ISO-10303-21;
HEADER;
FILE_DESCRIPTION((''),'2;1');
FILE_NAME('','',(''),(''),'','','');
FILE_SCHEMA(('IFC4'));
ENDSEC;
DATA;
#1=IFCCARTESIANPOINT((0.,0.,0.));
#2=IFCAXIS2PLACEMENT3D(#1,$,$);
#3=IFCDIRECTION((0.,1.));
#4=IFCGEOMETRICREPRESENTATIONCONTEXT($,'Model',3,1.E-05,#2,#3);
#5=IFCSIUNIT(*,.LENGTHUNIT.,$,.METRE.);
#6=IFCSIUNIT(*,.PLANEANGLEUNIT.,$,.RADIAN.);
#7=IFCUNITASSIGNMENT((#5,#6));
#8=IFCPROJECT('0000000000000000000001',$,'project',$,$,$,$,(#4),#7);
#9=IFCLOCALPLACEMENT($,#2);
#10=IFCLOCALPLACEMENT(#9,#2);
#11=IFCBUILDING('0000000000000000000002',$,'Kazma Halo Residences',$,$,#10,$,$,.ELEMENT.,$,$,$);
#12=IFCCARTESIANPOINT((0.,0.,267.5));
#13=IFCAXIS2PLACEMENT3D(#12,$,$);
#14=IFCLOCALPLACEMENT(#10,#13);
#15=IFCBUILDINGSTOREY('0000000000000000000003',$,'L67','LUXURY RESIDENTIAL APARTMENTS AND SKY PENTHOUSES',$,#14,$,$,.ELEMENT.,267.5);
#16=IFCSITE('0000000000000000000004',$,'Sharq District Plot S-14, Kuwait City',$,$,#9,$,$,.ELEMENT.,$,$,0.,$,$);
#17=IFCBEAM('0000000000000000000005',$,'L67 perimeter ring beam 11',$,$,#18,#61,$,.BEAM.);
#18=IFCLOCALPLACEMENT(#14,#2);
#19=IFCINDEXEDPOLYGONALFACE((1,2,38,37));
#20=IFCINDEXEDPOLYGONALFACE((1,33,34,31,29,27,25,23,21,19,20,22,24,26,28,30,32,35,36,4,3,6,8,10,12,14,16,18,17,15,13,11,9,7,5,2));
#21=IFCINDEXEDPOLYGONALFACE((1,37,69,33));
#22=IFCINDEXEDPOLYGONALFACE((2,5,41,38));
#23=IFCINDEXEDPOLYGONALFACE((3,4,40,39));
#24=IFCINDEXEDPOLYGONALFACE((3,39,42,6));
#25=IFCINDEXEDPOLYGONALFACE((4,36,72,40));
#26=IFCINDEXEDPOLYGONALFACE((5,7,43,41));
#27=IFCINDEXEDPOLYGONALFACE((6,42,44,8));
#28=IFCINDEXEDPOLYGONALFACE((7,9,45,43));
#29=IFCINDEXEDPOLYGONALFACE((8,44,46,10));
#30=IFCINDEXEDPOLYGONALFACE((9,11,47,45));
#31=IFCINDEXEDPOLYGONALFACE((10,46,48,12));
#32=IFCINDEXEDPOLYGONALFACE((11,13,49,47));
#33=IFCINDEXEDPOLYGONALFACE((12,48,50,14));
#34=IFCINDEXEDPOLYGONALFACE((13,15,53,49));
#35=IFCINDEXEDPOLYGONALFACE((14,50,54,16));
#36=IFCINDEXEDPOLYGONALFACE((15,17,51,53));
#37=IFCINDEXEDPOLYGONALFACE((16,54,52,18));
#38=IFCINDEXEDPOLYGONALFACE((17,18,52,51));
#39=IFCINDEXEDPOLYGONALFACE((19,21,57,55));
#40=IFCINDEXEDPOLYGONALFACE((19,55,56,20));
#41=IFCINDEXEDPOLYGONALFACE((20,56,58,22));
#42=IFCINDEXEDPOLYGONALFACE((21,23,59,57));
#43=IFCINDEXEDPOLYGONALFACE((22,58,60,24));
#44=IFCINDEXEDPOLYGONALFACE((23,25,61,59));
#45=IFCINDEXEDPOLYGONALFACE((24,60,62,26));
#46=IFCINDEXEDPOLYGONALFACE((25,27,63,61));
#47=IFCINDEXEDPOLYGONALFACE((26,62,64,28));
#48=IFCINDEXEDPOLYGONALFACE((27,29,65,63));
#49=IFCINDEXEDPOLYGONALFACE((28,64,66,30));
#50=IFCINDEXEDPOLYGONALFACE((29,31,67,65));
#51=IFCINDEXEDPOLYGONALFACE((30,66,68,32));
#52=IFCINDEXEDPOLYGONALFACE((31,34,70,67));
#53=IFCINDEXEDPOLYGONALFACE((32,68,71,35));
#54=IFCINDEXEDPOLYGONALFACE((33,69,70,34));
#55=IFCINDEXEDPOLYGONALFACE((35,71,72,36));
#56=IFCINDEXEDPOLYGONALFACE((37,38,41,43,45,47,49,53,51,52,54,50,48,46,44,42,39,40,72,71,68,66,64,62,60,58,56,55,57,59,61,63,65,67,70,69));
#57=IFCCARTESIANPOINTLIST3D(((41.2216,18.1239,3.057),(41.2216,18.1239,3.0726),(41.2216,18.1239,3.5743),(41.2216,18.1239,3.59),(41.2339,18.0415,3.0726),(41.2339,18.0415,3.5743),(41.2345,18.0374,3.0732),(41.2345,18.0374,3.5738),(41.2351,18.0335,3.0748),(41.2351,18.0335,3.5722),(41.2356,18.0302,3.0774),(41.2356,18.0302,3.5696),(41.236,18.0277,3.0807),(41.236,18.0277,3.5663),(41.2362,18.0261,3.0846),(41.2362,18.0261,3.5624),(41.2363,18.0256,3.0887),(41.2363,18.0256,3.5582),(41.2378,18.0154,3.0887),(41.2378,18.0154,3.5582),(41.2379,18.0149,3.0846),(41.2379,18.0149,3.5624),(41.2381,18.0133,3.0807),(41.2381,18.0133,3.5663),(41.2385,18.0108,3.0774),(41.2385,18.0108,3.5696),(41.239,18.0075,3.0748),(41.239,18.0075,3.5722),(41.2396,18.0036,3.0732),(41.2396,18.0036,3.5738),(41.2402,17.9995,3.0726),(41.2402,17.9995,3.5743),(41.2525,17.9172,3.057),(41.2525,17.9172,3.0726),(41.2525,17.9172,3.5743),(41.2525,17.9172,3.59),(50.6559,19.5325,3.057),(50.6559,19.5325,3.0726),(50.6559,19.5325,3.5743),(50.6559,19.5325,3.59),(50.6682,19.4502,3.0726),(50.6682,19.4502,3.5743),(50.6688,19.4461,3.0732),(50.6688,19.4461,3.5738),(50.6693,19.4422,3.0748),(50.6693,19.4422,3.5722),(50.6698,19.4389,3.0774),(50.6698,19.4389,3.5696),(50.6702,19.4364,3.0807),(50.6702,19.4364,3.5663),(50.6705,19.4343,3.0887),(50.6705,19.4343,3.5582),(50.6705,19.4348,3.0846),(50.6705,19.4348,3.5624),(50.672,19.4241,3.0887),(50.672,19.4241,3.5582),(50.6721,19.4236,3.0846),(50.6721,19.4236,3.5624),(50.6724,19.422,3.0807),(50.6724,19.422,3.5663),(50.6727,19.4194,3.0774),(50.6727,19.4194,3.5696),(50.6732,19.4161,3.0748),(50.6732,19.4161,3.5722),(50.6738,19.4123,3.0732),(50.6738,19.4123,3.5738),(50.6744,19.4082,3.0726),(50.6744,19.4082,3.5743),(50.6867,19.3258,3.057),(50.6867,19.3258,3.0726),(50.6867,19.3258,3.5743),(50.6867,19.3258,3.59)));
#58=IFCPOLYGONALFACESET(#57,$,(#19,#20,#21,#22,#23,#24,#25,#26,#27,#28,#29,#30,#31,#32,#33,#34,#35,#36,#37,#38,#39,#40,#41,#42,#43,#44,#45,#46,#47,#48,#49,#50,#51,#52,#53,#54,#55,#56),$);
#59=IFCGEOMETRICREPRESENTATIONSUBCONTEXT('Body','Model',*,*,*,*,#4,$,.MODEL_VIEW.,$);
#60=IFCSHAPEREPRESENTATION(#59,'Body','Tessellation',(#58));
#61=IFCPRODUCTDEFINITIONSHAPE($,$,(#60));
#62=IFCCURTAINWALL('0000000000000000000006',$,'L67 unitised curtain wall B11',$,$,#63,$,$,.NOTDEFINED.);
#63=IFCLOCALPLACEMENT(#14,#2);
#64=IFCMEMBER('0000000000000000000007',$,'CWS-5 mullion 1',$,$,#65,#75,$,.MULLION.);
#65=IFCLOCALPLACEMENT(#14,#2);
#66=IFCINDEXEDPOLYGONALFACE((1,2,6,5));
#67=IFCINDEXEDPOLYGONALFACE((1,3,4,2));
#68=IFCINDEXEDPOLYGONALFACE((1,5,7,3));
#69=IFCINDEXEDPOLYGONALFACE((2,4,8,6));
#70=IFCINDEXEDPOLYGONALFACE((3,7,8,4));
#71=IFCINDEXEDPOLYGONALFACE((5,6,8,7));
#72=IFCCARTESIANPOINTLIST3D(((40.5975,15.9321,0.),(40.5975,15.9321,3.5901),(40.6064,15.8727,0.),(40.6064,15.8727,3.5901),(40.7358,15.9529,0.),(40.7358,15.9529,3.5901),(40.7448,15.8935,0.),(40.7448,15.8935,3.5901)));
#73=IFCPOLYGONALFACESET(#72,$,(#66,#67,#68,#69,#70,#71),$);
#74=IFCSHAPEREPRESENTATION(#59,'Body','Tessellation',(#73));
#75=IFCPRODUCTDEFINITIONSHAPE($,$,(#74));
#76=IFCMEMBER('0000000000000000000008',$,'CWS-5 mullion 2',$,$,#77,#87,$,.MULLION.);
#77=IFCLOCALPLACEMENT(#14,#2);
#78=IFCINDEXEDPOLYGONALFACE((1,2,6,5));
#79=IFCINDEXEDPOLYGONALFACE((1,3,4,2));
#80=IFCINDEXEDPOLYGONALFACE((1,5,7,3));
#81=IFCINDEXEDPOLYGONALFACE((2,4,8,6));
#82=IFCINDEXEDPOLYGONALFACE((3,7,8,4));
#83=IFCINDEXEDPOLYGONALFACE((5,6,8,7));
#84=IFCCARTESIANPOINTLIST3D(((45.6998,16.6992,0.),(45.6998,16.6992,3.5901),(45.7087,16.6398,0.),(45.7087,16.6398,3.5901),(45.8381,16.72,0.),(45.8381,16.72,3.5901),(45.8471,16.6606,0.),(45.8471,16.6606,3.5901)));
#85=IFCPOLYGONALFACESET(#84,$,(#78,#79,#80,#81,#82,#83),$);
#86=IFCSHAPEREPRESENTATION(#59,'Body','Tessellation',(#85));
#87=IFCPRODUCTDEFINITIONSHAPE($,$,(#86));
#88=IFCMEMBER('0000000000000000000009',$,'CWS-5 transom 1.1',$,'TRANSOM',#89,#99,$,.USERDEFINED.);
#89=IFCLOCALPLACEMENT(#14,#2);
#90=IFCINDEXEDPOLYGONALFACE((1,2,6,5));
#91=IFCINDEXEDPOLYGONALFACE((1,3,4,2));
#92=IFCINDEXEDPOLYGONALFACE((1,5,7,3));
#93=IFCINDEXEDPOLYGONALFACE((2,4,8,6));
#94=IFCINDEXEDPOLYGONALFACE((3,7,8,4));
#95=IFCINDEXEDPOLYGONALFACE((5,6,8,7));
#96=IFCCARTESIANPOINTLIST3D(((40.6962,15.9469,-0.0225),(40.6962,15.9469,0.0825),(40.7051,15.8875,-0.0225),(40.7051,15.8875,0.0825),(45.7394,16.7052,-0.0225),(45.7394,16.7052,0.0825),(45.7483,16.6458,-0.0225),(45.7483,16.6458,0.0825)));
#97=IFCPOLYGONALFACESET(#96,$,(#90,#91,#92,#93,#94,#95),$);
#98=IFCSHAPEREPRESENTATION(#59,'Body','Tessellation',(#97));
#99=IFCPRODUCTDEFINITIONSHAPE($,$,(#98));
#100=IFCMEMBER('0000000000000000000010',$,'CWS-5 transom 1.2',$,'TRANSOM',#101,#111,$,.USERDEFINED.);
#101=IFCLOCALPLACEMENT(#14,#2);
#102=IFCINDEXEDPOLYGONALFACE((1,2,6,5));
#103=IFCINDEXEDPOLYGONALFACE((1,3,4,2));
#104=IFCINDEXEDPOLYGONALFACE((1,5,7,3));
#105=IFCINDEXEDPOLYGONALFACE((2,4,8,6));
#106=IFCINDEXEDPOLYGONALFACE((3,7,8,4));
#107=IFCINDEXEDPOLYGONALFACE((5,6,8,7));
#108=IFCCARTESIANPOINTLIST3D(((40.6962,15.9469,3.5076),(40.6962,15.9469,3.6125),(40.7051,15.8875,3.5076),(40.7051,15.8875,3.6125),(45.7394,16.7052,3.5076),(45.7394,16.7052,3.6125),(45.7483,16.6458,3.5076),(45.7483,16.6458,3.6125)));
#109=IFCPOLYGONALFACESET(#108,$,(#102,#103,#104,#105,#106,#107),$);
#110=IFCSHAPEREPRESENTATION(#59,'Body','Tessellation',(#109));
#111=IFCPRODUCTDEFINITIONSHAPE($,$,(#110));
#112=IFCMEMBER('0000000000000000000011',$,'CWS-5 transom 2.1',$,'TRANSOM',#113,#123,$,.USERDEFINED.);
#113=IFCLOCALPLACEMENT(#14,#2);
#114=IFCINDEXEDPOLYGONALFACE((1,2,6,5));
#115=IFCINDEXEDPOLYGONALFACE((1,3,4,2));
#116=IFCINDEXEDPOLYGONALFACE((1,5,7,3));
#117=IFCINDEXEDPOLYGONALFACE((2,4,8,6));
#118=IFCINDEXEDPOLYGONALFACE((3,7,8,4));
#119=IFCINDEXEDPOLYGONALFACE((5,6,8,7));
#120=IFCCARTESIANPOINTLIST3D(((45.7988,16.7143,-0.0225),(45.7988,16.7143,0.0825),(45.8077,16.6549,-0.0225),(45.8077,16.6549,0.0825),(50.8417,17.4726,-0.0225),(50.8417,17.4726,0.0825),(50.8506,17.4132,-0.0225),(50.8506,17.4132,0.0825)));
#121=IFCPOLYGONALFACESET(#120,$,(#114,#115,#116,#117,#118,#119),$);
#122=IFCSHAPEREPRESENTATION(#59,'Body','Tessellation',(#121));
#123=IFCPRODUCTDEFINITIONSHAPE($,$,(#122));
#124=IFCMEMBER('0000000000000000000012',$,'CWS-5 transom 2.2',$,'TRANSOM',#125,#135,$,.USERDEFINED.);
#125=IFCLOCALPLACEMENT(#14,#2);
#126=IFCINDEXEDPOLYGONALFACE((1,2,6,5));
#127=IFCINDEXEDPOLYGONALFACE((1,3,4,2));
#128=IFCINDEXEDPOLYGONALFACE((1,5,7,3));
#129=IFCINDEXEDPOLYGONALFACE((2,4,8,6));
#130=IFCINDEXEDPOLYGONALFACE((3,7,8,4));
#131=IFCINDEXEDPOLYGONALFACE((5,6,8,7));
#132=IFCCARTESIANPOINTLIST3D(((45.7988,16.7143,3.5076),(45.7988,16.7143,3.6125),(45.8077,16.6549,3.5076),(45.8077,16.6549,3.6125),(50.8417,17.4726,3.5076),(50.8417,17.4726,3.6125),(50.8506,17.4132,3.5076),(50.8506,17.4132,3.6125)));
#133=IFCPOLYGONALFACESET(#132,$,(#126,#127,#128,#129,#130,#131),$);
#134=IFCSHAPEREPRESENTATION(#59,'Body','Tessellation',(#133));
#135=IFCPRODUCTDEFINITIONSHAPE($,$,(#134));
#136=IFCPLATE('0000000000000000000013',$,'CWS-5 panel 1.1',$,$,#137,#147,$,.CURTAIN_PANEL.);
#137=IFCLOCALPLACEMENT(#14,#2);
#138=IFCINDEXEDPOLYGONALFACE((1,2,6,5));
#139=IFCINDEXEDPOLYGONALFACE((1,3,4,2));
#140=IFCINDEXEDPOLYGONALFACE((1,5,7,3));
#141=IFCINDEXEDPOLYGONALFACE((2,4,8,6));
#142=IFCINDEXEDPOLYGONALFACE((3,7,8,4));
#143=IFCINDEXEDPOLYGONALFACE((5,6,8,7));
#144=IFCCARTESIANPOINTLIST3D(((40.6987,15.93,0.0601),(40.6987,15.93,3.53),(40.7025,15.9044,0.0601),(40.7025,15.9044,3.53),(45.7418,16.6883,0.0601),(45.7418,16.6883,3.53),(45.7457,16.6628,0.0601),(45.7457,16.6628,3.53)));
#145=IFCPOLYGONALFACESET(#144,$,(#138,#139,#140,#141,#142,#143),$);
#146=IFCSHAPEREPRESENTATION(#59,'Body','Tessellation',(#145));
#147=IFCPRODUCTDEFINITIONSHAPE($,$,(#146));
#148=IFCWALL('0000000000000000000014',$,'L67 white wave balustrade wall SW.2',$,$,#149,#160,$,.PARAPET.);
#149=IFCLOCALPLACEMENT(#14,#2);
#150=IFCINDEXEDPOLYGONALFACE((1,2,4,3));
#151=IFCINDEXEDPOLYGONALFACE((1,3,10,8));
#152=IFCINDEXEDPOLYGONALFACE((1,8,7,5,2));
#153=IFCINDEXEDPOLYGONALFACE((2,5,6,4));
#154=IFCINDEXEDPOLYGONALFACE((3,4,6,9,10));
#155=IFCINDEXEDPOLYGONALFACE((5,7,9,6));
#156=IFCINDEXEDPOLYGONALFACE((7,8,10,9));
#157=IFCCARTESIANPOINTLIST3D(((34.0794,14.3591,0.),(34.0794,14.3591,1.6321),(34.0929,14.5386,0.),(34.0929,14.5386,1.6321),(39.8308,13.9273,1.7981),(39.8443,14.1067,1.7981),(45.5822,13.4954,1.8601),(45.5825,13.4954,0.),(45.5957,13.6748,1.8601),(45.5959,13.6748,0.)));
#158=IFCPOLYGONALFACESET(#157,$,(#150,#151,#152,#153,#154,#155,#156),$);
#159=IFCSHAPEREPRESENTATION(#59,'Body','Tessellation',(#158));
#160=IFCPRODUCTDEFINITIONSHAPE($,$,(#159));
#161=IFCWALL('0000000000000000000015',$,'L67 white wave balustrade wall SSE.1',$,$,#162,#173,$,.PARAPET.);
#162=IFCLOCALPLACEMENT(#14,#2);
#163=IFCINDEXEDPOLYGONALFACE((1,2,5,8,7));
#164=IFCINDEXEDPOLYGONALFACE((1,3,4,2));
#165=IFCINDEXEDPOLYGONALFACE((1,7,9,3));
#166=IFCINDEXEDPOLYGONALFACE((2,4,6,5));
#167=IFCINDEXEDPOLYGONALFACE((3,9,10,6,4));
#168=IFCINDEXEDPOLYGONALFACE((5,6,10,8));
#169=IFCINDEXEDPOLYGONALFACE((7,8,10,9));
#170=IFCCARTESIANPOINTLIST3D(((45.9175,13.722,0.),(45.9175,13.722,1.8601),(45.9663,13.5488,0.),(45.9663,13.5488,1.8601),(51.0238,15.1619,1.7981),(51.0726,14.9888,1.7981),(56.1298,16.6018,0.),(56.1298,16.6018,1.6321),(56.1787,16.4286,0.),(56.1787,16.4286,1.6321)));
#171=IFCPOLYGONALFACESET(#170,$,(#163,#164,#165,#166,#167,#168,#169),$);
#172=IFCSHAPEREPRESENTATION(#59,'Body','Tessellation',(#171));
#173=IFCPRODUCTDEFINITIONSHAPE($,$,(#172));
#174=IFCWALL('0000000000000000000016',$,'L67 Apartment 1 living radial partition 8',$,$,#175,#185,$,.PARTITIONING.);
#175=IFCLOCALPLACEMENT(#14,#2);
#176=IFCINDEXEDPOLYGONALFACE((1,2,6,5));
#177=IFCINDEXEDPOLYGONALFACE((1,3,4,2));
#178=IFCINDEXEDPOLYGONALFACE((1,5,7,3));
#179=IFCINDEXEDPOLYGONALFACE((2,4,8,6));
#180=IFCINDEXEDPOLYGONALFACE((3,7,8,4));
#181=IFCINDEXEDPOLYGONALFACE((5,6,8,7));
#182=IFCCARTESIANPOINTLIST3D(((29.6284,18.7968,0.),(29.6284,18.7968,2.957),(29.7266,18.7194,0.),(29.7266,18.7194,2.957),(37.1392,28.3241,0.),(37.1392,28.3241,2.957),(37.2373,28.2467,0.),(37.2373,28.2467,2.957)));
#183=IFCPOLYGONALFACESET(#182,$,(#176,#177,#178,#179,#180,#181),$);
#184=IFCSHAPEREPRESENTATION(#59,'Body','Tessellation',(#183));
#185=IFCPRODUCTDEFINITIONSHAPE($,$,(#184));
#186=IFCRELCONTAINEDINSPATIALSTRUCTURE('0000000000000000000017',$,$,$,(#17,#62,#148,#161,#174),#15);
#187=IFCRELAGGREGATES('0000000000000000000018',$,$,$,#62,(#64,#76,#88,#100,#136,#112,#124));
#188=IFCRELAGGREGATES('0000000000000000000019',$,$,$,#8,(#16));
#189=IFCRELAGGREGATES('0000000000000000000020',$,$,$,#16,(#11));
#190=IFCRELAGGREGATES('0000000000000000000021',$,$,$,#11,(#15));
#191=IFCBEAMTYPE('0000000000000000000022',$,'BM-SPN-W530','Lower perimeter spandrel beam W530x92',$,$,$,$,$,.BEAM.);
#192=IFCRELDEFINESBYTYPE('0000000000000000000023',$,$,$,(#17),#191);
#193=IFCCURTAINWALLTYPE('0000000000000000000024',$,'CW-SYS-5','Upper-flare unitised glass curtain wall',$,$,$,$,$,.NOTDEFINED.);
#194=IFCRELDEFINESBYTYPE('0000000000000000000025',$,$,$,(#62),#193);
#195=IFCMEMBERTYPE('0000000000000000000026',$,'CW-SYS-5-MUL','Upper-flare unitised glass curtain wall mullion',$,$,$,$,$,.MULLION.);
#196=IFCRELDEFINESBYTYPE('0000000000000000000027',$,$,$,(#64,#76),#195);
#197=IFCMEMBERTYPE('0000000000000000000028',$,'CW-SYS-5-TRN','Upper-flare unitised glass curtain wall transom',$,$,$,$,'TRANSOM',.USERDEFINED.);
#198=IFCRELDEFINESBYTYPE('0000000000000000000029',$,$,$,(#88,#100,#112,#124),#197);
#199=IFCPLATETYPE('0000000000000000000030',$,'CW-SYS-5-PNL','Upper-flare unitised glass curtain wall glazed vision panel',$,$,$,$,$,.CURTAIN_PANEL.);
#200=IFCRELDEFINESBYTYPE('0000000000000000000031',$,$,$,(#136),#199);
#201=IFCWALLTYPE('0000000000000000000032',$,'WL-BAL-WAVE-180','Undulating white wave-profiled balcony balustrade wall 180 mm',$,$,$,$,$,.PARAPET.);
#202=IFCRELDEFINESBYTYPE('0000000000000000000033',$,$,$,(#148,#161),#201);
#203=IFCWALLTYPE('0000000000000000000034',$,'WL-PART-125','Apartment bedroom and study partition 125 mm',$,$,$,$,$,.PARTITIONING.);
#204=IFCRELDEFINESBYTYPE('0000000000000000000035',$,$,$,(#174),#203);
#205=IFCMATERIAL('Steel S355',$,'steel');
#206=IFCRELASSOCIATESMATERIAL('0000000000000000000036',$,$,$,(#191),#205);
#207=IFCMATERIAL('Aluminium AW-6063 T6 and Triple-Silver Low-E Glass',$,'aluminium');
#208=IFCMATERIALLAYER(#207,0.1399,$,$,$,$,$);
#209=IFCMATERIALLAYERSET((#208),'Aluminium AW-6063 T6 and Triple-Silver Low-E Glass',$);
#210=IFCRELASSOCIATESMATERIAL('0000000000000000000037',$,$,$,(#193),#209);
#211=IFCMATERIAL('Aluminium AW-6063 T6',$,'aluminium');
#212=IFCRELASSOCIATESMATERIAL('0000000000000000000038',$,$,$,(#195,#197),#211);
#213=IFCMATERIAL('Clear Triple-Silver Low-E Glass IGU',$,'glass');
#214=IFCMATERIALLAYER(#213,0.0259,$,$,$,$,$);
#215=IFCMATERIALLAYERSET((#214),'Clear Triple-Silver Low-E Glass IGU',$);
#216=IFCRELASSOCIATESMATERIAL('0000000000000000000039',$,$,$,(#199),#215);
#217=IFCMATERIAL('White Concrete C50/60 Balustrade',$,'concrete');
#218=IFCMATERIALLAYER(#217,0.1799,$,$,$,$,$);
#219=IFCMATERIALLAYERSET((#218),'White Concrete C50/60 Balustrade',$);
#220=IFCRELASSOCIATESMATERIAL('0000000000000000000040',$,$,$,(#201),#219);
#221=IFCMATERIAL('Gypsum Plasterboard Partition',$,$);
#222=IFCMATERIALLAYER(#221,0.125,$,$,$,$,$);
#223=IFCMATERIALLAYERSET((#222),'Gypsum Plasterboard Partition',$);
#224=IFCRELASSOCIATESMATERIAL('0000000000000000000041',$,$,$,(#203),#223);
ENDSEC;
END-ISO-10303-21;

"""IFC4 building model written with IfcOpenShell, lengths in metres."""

from ifc_helpers import new_model, si_unit, direction, frame, frame_2d, origin, origin_2d, place, context, subcontext, project, spatial, polyline, rectangle, i_section, outline, extrude, material, layer, layer_set, material_profile, profile_set, type_object, element, aggregate, save


model = new_model("IFC4")

# Units and contexts
model_context = context("Model", 3, precision=1e-05, world=origin(), true_north=direction((0.0, 1.0)))
body_context = subcontext(model_context, "Body", "Model", "MODEL_VIEW")
ifc_project = project(units=[si_unit("LENGTHUNIT", "METRE"), si_unit("PLANEANGLEUNIT", "RADIAN")], contexts=[model_context])

# Site, building, storey
site_placement = place(None, origin())
site = spatial("IfcSite", under=ifc_project, at=site_placement, Name="Sharq District Plot S-14, Kuwait City", CompositionType="ELEMENT", RefElevation=0.0)
building_placement = place(site_placement, origin())
building = spatial("IfcBuilding", under=site, at=building_placement, Name="Kazma Halo Residences", CompositionType="ELEMENT")
storey_placement = place(building_placement, frame((0.0, 0.0, 267.5)))
storey = spatial("IfcBuildingStorey", under=building, at=storey_placement, Name="L67", Description="LUXURY RESIDENTIAL APARTMENTS AND SKY PENTHOUSES", CompositionType="ELEMENT", Elevation=267.5)

# Beam
ifc_material_1 = material(Name="Steel S355", Category="steel")
ifc_material_profile_1 = material_profile(ifc_material_1, i_section(OverallWidth=0.209, OverallDepth=0.533, WebThickness=0.0103, FlangeThickness=0.0156, FilletRadius=0.0161, at=origin_2d()), Name="W530x92")
ifc_profile_set_1 = profile_set([ifc_material_profile_1], Name="Steel S355")
beam_type_1 = type_object("IfcBeamType", Name="BM-SPN-W530", Description="Lower perimeter spandrel beam W530x92", PredefinedType="BEAM", material=ifc_profile_set_1)
beam_1_placement = place(storey_placement, frame((41.2371, 18.0205, 3.3235), z_axis=(0.989035, 0.147678, 0.0), x_axis=(-0.147678, 0.989035, 0.0)))
element("IfcBeam", 1, at=beam_1_placement, inside=storey, type_object=beam_type_1, Name="L67 perimeter ring beam 11", PredefinedType="BEAM", context=body_context, shape_type="SweptSolid", body=[
    extrude(i_section(OverallWidth=0.209, OverallDepth=0.533, WebThickness=0.0103, FlangeThickness=0.0156, FilletRadius=0.0161, at=origin_2d()), origin(), (0.0, 0.0, 1.0), 9.5388),
])

# Curtain wall, members, plate
ifc_material_2 = material(Name="Aluminium AW-6063 T6 and Triple-Silver Low-E Glass", Category="aluminium")
ifc_layer_1 = layer(ifc_material_2, 0.1399)
ifc_layer_set_1 = layer_set([ifc_layer_1], Name="Aluminium AW-6063 T6 and Triple-Silver Low-E Glass")
curtain_wall_type = type_object("IfcCurtainWallType", Name="CW-SYS-5", Description="Upper-flare unitised glass curtain wall", PredefinedType="NOTDEFINED", material=ifc_layer_set_1)
curtain_wall_placement = place(storey_placement, origin())
curtain_wall = element("IfcCurtainWall", 2, at=curtain_wall_placement, inside=storey, type_object=curtain_wall_type, Name="L67 unitised curtain wall B11", PredefinedType="NOTDEFINED")
ifc_material_3 = material(Name="Aluminium AW-6063 T6", Category="aluminium")
ifc_material_profile_2 = material_profile(ifc_material_3, rectangle(XDim=0.0601, YDim=0.1399, at=origin_2d()), Name="CWM-60x140")
ifc_profile_set_2 = profile_set([ifc_material_profile_2], Name="Aluminium AW-6063 T6")
member_type_1 = type_object("IfcMemberType", Name="CW-SYS-5-MUL", Description="Upper-flare unitised glass curtain wall mullion", PredefinedType="MULLION", material=ifc_profile_set_2)
member_1_placement = place(storey_placement, frame((40.6711, 15.9128, 0.0), z_axis=(0.0, 0.0, 1.0), x_axis=(-0.148697, 0.988883, 0.0)))
member_1 = element("IfcMember", 3, at=member_1_placement, type_object=member_type_1, Name="CWS-5 mullion 1", PredefinedType="MULLION", context=body_context, shape_type="SweptSolid", body=[
    extrude(rectangle(XDim=0.0601, YDim=0.1399, at=origin_2d()), origin(), (0.0, 0.0, 1.0), 3.5901),
])
member_2_placement = place(storey_placement, frame((45.7734, 16.6799, 0.0), z_axis=(0.0, 0.0, 1.0), x_axis=(-0.148697, 0.988883, 0.0)))
member_2 = element("IfcMember", 4, at=member_2_placement, type_object=member_type_1, Name="CWS-5 mullion 2", PredefinedType="MULLION", context=body_context, shape_type="SweptSolid", body=[
    extrude(rectangle(XDim=0.0601, YDim=0.1399, at=origin_2d()), origin(), (0.0, 0.0, 1.0), 3.5901),
])
ifc_material_profile_3 = material_profile(ifc_material_3, rectangle(XDim=0.0601, YDim=0.105, at=origin_2d()), Name="CWT-60x105")
ifc_profile_set_3 = profile_set([ifc_material_profile_3], Name="Aluminium AW-6063 T6")
member_type_2 = type_object("IfcMemberType", Name="CW-SYS-5-TRN", Description="Upper-flare unitised glass curtain wall transom", ElementType="TRANSOM", PredefinedType="USERDEFINED", material=ifc_profile_set_3)
member_3_placement = place(storey_placement, frame((40.7007, 15.9172, 0.03), z_axis=(0.988884, 0.148689, 0.0), x_axis=(-0.148689, 0.988884, 0.0)))
member_3 = element("IfcMember", 5, at=member_3_placement, type_object=member_type_2, Name="CWS-5 transom 1.1", ObjectType="TRANSOM", PredefinedType="USERDEFINED", context=body_context, shape_type="SweptSolid", body=[
    extrude(rectangle(XDim=0.0601, YDim=0.105, at=origin_2d()), origin(), (0.0, 0.0, 1.0), 5.0999),
])
member_4_placement = place(storey_placement, frame((40.7007, 15.9172, 3.5601), z_axis=(0.988884, 0.148689, 0.0), x_axis=(-0.148689, 0.988884, 0.0)))
member_4 = element("IfcMember", 6, at=member_4_placement, type_object=member_type_2, Name="CWS-5 transom 1.2", ObjectType="TRANSOM", PredefinedType="USERDEFINED", context=body_context, shape_type="SweptSolid", body=[
    extrude(rectangle(XDim=0.0601, YDim=0.105, at=origin_2d()), origin(), (0.0, 0.0, 1.0), 5.0999),
])
member_5_placement = place(storey_placement, frame((45.8032, 16.6846, 0.03), z_axis=(0.988883, 0.148696, 0.0), x_axis=(-0.148696, 0.988883, 0.0)))
member_5 = element("IfcMember", 7, at=member_5_placement, type_object=member_type_2, Name="CWS-5 transom 2.1", ObjectType="TRANSOM", PredefinedType="USERDEFINED", context=body_context, shape_type="SweptSolid", body=[
    extrude(rectangle(XDim=0.0601, YDim=0.105, at=origin_2d()), origin(), (0.0, 0.0, 1.0), 5.0996),
])
member_6_placement = place(storey_placement, frame((45.8032, 16.6846, 3.5601), z_axis=(0.988883, 0.148696, 0.0), x_axis=(-0.148696, 0.988883, 0.0)))
member_6 = element("IfcMember", 8, at=member_6_placement, type_object=member_type_2, Name="CWS-5 transom 2.2", ObjectType="TRANSOM", PredefinedType="USERDEFINED", context=body_context, shape_type="SweptSolid", body=[
    extrude(rectangle(XDim=0.0601, YDim=0.105, at=origin_2d()), origin(), (0.0, 0.0, 1.0), 5.0996),
])
ifc_material_4 = material(Name="Clear Triple-Silver Low-E Glass IGU", Category="glass")
ifc_layer_2 = layer(ifc_material_4, 0.0259)
ifc_layer_set_2 = layer_set([ifc_layer_2], Name="Clear Triple-Silver Low-E Glass IGU")
plate_type = type_object("IfcPlateType", Name="CW-SYS-5-PNL", Description="Upper-flare unitised glass curtain wall glazed vision panel", PredefinedType="CURTAIN_PANEL", material=ifc_layer_set_2)
plate_placement = place(storey_placement, frame((43.2222, 16.2964, 0.0601), z_axis=(0.0, 0.0, 1.0), x_axis=(0.988883, 0.148697, 0.0)))
plate = element("IfcPlate", 9, at=plate_placement, type_object=plate_type, Name="CWS-5 panel 1.1", PredefinedType="CURTAIN_PANEL", context=body_context, shape_type="SweptSolid", body=[
    extrude(rectangle(XDim=5.0999, YDim=0.0259, at=origin_2d()), origin(), (0.0, 0.0, 1.0), 3.47),
])
aggregate(curtain_wall, [member_1, member_2, member_3, member_4, plate, member_5, member_6])

# Walls
ifc_material_5 = material(Name="White Concrete C50/60 Balustrade", Category="concrete")
ifc_layer_3 = layer(ifc_material_5, 0.1799)
ifc_layer_set_3 = layer_set([ifc_layer_3], Name="White Concrete C50/60 Balustrade")
wall_type_1 = type_object("IfcWallType", Name="WL-BAL-WAVE-180", Description="Undulating white wave-profiled balcony balustrade wall 180 mm", PredefinedType="PARAPET", material=ifc_layer_set_3)
wall_1_placement = place(storey_placement, frame((34.0862, 14.449, 0.0), z_axis=(0.0, 0.0, 1.0), x_axis=(0.997193, -0.07488, 0.0)))
element("IfcWall", 10, at=wall_1_placement, inside=storey, type_object=wall_type_1, Name="L67 white wave balustrade wall SW.2", PredefinedType="PARAPET", context=body_context, shape_type="SweptSolid", body=[
    extrude(outline(polyline([(0.0, 0.0), (11.5354, 0.0), (11.5352, 1.8601), (5.7676, 1.7981), (0.0, 1.6321), (0.0, 0.0)])), frame((0.0, 0.0898, 0.0), z_axis=(0.0, -1.0, 0.0), x_axis=(1.0, 0.0, 0.0)), (0.0, 0.0, 1.0), 0.1799),
])
wall_2_placement = place(storey_placement, frame((45.9419, 13.6355, 0.0), z_axis=(0.0, 0.0, 1.0), x_axis=(0.962463, 0.271413, 0.0)))
element("IfcWall", 11, at=wall_2_placement, inside=storey, type_object=wall_type_1, Name="L67 white wave balustrade wall SSE.1", PredefinedType="PARAPET", context=body_context, shape_type="SweptSolid", body=[
    extrude(outline(polyline([(0.0, 0.0), (10.6106, 0.0), (10.6106, 1.6321), (5.3054, 1.7981), (0.0, 1.8601), (0.0, 0.0)])), frame((0.0, 0.0898, 0.0), z_axis=(0.0, -1.0, 0.0), x_axis=(1.0, 0.0, 0.0)), (0.0, 0.0, 1.0), 0.1799),
])
ifc_material_6 = material(Name="Gypsum Plasterboard Partition")
ifc_layer_4 = layer(ifc_material_6, 0.125)
ifc_layer_set_4 = layer_set([ifc_layer_4], Name="Gypsum Plasterboard Partition")
wall_type_2 = type_object("IfcWallType", Name="WL-PART-125", Description="Apartment bedroom and study partition 125 mm", PredefinedType="PARTITIONING", material=ifc_layer_set_4)
wall_3_placement = place(storey_placement, frame((37.1882, 28.2854, 0.0), z_axis=(0.0, 0.0, 1.0), x_axis=(-0.619093, -0.785317, 0.0)))
element("IfcWall", 12, at=wall_3_placement, inside=storey, type_object=wall_type_2, Name="L67 Apartment 1 living radial partition 8", PredefinedType="PARTITIONING", context=body_context, shape_type="SweptSolid", body=[
    extrude(rectangle(XDim=12.1318, YDim=0.125, at=frame_2d((6.0659, 0.0))), origin(), (0.0, 0.0, 1.0), 2.957),
])

save(model, "model.ifc")
